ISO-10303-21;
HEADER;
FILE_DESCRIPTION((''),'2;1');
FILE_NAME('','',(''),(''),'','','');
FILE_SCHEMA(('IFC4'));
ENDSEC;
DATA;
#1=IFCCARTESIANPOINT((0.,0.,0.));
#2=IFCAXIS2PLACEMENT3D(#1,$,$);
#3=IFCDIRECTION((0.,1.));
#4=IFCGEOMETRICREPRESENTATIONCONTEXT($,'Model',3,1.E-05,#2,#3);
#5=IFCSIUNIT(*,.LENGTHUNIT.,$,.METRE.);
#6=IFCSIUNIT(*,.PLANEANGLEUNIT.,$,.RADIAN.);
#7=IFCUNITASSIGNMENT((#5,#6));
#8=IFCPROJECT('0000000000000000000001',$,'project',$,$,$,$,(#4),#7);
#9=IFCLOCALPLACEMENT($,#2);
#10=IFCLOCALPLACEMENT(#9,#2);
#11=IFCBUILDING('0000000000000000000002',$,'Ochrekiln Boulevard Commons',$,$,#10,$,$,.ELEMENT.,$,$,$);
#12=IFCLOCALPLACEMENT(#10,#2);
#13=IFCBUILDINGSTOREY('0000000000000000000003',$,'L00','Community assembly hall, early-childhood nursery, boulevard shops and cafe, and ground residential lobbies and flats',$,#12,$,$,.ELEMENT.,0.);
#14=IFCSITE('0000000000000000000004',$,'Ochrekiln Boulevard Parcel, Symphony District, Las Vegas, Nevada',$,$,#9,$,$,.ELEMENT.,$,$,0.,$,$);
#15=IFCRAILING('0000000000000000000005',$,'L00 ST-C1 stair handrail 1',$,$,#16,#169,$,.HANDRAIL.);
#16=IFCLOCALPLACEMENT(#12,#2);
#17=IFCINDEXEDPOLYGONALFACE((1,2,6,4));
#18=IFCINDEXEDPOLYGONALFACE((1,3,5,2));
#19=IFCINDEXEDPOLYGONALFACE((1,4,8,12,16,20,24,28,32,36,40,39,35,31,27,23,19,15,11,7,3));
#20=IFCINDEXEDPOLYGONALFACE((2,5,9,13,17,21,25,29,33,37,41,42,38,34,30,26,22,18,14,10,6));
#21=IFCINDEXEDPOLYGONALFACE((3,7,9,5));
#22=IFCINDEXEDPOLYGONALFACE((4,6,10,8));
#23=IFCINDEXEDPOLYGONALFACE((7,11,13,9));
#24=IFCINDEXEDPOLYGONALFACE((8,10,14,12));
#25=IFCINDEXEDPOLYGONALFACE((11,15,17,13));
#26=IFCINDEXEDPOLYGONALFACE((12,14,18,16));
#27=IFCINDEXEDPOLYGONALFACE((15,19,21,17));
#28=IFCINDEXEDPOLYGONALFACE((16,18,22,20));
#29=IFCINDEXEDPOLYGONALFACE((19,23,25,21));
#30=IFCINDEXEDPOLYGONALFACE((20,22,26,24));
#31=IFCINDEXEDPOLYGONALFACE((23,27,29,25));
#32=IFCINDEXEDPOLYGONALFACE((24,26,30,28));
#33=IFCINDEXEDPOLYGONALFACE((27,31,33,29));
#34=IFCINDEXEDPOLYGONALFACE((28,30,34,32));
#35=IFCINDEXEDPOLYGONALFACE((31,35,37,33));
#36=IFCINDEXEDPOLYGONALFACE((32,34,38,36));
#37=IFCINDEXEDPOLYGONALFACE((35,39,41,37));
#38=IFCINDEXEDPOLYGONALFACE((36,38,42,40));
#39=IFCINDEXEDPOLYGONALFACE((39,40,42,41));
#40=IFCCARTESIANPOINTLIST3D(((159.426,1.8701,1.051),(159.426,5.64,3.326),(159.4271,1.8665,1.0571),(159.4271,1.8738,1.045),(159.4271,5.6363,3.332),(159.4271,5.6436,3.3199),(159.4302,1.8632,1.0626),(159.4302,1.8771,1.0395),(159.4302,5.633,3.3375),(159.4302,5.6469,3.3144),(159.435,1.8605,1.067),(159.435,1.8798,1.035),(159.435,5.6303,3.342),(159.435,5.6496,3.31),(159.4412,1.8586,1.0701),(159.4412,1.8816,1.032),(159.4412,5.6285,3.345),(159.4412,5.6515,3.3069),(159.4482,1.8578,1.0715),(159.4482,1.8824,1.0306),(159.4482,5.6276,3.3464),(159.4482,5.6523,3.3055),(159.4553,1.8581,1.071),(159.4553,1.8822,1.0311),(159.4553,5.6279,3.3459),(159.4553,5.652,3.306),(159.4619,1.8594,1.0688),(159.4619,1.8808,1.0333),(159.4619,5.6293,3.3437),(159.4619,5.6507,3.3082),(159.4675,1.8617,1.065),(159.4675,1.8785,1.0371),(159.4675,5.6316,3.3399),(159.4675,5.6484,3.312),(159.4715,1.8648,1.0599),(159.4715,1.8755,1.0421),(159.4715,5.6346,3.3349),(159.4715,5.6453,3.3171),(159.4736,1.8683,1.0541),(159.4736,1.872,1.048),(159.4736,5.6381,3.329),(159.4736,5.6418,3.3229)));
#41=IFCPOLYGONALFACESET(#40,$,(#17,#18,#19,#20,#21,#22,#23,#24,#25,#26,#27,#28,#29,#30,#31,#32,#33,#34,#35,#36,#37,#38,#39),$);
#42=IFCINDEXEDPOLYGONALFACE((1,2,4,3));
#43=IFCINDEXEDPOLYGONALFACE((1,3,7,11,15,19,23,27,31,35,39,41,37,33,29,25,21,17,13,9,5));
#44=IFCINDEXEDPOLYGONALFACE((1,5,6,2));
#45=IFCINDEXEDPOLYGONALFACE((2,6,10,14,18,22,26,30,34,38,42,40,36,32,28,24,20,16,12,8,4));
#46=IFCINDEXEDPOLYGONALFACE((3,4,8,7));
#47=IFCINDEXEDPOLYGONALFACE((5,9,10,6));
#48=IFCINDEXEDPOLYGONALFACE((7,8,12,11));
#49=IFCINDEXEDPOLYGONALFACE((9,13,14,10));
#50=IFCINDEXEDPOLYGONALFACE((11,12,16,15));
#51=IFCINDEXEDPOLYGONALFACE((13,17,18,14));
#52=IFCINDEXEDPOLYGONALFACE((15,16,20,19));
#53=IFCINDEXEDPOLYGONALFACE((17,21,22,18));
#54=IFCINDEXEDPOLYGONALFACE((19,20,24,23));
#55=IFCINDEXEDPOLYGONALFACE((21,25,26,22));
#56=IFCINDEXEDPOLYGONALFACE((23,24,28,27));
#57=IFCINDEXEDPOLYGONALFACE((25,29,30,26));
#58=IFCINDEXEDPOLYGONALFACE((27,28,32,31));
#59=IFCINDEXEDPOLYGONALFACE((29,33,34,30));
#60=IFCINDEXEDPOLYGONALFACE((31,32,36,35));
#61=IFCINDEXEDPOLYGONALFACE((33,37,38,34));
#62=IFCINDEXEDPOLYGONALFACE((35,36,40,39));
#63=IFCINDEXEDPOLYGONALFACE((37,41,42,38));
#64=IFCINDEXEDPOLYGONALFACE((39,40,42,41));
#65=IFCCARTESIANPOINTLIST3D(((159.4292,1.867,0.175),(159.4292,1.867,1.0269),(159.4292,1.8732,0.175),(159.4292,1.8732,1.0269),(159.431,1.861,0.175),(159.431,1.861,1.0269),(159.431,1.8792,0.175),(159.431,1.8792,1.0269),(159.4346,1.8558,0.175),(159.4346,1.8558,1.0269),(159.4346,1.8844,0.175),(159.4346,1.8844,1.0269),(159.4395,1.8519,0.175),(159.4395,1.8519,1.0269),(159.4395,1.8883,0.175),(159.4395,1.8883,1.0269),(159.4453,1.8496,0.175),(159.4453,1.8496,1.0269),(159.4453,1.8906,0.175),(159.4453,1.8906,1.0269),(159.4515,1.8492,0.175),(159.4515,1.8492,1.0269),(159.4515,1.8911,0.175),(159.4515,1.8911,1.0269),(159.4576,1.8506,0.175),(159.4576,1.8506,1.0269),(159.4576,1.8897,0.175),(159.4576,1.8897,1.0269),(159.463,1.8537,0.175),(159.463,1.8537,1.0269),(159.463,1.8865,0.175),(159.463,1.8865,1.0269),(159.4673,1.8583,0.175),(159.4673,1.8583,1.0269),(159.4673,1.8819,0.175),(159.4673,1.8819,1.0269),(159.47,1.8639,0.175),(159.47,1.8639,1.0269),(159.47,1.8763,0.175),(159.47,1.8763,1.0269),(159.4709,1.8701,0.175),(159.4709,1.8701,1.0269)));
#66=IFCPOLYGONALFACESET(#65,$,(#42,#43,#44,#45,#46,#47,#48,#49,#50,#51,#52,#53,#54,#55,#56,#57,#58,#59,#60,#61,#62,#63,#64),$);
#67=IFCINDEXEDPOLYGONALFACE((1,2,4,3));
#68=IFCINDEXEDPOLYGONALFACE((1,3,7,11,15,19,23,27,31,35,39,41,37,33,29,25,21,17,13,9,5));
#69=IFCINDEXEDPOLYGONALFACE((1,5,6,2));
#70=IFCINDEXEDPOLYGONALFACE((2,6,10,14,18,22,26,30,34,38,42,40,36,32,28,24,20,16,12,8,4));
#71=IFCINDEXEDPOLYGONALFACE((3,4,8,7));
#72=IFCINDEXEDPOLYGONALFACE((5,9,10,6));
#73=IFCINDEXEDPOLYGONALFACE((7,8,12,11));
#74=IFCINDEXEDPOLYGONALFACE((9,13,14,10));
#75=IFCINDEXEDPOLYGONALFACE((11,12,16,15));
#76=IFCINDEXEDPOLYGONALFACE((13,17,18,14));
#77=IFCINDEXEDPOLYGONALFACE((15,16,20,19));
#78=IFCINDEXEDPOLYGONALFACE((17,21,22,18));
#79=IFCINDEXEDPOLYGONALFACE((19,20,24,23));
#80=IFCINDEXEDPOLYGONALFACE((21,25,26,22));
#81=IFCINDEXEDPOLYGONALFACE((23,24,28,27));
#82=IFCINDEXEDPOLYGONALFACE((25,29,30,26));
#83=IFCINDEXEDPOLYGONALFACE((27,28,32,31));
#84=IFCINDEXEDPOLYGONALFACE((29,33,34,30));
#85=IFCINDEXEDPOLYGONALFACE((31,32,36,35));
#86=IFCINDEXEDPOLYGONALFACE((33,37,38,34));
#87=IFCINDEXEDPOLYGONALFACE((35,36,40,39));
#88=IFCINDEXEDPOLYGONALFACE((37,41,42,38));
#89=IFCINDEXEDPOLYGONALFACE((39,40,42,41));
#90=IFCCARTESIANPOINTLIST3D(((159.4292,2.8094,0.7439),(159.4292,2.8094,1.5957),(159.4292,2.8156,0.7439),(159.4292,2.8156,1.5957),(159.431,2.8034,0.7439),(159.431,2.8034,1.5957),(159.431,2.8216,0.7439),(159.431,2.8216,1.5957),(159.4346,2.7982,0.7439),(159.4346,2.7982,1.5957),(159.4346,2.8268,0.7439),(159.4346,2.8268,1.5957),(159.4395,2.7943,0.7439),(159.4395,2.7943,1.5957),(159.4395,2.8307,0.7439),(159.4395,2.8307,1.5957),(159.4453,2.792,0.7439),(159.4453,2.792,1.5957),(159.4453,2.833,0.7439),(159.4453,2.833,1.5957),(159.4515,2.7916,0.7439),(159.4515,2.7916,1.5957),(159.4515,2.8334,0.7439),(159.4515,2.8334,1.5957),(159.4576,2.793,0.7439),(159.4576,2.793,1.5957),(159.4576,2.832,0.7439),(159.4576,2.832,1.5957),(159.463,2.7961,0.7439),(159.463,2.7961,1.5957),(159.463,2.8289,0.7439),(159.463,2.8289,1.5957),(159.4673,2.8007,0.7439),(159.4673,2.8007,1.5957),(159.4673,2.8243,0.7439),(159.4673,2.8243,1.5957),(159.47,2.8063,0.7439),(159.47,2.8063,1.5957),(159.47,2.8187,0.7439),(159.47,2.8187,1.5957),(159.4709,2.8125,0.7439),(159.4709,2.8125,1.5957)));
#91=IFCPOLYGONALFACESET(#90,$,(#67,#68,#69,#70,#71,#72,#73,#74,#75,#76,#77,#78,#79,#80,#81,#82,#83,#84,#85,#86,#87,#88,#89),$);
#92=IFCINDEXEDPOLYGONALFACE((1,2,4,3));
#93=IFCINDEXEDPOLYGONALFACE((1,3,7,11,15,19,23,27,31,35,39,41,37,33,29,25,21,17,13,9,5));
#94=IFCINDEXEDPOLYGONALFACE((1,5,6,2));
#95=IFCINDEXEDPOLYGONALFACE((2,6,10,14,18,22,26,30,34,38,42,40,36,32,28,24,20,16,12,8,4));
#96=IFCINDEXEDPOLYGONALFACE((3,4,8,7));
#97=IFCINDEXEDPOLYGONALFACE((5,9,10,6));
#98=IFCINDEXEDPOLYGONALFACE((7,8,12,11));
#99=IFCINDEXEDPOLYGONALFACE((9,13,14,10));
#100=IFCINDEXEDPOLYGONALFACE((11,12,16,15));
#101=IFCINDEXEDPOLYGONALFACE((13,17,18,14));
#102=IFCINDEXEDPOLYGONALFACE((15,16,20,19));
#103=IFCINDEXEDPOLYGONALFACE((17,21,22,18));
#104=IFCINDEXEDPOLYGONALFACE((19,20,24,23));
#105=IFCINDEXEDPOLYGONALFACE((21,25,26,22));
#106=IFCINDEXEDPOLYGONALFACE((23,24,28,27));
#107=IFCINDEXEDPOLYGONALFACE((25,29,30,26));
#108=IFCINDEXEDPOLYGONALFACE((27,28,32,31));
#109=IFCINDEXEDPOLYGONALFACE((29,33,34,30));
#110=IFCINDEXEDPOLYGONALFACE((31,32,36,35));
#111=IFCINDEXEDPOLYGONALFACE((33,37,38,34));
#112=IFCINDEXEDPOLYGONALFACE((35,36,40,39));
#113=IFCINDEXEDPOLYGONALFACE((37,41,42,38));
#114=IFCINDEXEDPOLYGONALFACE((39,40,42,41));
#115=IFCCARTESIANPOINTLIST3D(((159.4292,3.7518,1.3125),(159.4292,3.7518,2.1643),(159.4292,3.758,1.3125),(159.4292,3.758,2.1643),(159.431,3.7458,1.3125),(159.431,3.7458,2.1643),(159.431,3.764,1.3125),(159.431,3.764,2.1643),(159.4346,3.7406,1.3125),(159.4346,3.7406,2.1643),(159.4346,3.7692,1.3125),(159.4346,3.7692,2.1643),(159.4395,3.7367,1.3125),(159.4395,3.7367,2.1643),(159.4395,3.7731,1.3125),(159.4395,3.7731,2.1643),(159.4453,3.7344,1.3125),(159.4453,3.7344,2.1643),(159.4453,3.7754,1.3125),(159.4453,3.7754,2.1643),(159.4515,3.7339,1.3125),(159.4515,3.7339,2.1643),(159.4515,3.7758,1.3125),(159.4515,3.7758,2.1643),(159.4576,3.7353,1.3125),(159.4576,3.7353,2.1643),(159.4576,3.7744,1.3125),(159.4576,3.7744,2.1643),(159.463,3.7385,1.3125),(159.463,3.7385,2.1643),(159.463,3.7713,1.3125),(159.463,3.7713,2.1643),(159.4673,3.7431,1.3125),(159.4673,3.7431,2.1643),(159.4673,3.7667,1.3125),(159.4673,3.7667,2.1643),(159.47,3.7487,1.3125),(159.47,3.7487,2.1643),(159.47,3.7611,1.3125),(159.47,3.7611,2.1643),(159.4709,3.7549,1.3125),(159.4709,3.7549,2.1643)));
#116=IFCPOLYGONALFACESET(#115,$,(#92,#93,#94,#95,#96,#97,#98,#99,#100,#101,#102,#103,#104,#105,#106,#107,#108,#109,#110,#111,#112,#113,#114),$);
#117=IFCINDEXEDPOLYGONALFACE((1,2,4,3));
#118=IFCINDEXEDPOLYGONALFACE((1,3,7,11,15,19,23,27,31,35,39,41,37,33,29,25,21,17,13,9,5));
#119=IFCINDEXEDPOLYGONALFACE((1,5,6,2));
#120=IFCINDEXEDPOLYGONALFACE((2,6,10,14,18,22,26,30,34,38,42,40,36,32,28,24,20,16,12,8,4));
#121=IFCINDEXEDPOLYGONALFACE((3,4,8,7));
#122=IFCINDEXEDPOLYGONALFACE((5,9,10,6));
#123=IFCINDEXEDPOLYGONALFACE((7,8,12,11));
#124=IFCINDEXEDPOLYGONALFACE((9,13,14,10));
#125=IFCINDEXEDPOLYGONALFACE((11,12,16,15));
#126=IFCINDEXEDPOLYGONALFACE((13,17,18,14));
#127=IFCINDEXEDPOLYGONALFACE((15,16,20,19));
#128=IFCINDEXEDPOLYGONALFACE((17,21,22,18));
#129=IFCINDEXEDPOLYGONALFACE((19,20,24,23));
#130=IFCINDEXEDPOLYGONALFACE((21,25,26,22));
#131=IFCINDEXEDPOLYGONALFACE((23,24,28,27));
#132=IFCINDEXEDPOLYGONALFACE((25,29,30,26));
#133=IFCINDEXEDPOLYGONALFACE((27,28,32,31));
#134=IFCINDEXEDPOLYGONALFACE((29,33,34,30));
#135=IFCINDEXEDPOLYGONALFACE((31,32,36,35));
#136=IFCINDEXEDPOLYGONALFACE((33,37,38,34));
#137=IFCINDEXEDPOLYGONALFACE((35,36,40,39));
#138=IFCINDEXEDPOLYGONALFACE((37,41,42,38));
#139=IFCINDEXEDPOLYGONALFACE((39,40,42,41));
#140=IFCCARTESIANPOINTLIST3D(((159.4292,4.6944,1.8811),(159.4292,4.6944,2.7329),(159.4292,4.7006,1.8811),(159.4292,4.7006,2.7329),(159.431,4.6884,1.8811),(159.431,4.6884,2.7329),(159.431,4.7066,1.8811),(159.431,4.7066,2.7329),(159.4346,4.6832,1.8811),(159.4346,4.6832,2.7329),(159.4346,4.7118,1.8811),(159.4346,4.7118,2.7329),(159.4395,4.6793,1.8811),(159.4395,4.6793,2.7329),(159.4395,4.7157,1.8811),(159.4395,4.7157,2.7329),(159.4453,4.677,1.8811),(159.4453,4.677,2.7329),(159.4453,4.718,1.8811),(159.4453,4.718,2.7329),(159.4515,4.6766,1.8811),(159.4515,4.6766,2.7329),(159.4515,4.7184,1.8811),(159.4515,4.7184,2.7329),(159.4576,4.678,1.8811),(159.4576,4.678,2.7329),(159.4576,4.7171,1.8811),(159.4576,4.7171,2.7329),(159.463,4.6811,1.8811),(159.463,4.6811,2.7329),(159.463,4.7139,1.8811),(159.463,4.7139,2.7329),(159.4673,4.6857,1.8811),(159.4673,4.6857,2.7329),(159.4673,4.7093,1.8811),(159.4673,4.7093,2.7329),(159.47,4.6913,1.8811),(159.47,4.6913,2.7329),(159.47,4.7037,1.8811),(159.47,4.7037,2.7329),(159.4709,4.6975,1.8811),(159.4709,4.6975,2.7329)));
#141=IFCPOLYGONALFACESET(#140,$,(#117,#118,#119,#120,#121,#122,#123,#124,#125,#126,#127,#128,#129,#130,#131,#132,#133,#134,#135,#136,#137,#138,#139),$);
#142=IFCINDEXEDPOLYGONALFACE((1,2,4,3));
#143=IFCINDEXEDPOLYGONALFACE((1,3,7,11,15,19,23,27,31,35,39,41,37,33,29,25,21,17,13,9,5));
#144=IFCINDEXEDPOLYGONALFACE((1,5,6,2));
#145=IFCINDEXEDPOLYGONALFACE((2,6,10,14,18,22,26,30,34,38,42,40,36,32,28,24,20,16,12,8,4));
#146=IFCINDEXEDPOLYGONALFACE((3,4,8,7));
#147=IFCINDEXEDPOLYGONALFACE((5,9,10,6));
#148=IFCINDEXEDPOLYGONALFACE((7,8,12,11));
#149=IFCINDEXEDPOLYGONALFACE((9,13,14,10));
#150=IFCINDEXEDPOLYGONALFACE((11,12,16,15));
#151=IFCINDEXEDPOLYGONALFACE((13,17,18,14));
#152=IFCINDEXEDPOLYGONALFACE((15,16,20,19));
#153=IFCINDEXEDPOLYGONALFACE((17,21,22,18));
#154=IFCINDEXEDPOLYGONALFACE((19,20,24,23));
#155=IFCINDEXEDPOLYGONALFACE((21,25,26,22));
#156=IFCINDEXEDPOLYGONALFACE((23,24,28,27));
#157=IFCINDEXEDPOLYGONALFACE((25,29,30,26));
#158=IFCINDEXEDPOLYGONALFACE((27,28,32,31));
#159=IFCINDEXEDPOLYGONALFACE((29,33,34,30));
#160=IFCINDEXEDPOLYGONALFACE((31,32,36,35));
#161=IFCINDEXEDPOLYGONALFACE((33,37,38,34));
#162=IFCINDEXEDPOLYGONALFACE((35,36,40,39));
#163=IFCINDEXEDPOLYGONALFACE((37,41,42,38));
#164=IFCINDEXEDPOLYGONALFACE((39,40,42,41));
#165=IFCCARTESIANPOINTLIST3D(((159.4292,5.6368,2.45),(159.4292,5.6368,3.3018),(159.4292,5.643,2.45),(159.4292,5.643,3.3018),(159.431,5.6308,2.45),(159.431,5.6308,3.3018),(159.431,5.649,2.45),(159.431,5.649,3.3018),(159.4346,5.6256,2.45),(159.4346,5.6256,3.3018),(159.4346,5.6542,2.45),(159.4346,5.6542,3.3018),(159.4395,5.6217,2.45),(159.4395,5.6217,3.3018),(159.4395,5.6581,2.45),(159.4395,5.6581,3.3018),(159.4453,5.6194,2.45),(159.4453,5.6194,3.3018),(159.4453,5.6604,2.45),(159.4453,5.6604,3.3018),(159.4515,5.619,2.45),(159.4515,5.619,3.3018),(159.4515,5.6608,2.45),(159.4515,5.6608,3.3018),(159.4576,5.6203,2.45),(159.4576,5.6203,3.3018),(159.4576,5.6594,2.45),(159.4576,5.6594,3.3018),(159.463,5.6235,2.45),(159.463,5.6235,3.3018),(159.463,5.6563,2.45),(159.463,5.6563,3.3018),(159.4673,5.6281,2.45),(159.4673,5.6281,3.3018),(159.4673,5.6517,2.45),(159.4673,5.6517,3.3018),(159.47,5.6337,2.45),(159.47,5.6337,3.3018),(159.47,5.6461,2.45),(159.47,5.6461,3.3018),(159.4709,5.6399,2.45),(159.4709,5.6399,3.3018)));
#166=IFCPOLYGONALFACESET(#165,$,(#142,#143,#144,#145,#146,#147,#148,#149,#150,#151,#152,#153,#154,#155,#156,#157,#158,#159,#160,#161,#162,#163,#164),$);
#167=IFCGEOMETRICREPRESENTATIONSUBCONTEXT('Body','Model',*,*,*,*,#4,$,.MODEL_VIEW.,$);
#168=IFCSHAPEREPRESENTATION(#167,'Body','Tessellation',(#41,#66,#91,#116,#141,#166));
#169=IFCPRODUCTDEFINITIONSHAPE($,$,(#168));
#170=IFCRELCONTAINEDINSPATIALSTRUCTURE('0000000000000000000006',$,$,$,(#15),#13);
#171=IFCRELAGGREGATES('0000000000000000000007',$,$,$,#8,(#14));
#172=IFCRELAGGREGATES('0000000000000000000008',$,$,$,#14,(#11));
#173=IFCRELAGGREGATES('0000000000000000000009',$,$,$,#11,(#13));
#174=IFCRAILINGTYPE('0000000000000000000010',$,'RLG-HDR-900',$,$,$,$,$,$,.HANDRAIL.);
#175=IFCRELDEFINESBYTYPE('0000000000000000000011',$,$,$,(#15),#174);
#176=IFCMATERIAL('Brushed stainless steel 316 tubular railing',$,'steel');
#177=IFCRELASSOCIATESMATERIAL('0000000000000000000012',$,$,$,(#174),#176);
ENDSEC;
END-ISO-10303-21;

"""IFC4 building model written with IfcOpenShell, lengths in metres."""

from ifc_helpers import new_model, si_unit, direction, frame, origin, origin_2d, place, context, subcontext, project, spatial, circle, extrude, material, type_object, element, save


model = new_model("IFC4")

# Units and contexts
model_context = context("Model", 3, precision=1e-05, world=origin(), true_north=direction((0.0, 1.0)))
body_context = subcontext(model_context, "Body", "Model", "MODEL_VIEW")
ifc_project = project(units=[si_unit("LENGTHUNIT", "METRE"), si_unit("PLANEANGLEUNIT", "RADIAN")], contexts=[model_context])

# Site, building, storey
site_placement = place(None, origin())
site = spatial("IfcSite", under=ifc_project, at=site_placement, Name="Ochrekiln Boulevard Parcel, Symphony District, Las Vegas, Nevada", CompositionType="ELEMENT", RefElevation=0.0)
building_placement = place(site_placement, origin())
building = spatial("IfcBuilding", under=site, at=building_placement, Name="Ochrekiln Boulevard Commons", CompositionType="ELEMENT")
storey_placement = place(building_placement, origin())
storey = spatial("IfcBuildingStorey", under=building, at=storey_placement, Name="L00", Description="Community assembly hall, early-childhood nursery, boulevard shops and cafe, and ground residential lobbies and flats", CompositionType="ELEMENT", Elevation=0.0)

# Railing
ifc_material_1 = material(Name="Brushed stainless steel 316 tubular railing", Category="steel")
railing_type = type_object("IfcRailingType", Name="RLG-HDR-900", PredefinedType="HANDRAIL", material=ifc_material_1)
railing_placement = place(storey_placement, frame((159.45, 1.8701, 0.175)))
element("IfcRailing", 1, at=railing_placement, inside=storey, type_object=railing_type, Name="L00 ST-C1 stair handrail 1", PredefinedType="HANDRAIL", context=body_context, shape_type="SweptSolid", body=[
    extrude(circle(Radius=0.0239, at=origin_2d()), frame((0.0, 0.0, 0.876), z_axis=(0.0, 0.856184, 0.516671), x_axis=(-1.0, 0.0, 0.0)), (0.0, 0.0, 1.0), 4.4031),
    extrude(circle(Radius=0.021, at=origin_2d()), origin(), (0.0, 0.0, 1.0), 0.8518),
    extrude(circle(Radius=0.021, at=origin_2d()), frame((0.0, 0.9424, 0.5688)), (0.0, 0.0, 1.0), 0.8518),
    extrude(circle(Radius=0.021, at=origin_2d()), frame((0.0, 1.8848, 1.1375)), (0.0, 0.0, 1.0), 0.8518),
    extrude(circle(Radius=0.021, at=origin_2d()), frame((0.0, 2.8274, 1.7061)), (0.0, 0.0, 1.0), 0.8518),
    extrude(circle(Radius=0.021, at=origin_2d()), frame((0.0, 3.7698, 2.2749)), (0.0, 0.0, 1.0), 0.8518),
])

save(model, "model.ifc")
